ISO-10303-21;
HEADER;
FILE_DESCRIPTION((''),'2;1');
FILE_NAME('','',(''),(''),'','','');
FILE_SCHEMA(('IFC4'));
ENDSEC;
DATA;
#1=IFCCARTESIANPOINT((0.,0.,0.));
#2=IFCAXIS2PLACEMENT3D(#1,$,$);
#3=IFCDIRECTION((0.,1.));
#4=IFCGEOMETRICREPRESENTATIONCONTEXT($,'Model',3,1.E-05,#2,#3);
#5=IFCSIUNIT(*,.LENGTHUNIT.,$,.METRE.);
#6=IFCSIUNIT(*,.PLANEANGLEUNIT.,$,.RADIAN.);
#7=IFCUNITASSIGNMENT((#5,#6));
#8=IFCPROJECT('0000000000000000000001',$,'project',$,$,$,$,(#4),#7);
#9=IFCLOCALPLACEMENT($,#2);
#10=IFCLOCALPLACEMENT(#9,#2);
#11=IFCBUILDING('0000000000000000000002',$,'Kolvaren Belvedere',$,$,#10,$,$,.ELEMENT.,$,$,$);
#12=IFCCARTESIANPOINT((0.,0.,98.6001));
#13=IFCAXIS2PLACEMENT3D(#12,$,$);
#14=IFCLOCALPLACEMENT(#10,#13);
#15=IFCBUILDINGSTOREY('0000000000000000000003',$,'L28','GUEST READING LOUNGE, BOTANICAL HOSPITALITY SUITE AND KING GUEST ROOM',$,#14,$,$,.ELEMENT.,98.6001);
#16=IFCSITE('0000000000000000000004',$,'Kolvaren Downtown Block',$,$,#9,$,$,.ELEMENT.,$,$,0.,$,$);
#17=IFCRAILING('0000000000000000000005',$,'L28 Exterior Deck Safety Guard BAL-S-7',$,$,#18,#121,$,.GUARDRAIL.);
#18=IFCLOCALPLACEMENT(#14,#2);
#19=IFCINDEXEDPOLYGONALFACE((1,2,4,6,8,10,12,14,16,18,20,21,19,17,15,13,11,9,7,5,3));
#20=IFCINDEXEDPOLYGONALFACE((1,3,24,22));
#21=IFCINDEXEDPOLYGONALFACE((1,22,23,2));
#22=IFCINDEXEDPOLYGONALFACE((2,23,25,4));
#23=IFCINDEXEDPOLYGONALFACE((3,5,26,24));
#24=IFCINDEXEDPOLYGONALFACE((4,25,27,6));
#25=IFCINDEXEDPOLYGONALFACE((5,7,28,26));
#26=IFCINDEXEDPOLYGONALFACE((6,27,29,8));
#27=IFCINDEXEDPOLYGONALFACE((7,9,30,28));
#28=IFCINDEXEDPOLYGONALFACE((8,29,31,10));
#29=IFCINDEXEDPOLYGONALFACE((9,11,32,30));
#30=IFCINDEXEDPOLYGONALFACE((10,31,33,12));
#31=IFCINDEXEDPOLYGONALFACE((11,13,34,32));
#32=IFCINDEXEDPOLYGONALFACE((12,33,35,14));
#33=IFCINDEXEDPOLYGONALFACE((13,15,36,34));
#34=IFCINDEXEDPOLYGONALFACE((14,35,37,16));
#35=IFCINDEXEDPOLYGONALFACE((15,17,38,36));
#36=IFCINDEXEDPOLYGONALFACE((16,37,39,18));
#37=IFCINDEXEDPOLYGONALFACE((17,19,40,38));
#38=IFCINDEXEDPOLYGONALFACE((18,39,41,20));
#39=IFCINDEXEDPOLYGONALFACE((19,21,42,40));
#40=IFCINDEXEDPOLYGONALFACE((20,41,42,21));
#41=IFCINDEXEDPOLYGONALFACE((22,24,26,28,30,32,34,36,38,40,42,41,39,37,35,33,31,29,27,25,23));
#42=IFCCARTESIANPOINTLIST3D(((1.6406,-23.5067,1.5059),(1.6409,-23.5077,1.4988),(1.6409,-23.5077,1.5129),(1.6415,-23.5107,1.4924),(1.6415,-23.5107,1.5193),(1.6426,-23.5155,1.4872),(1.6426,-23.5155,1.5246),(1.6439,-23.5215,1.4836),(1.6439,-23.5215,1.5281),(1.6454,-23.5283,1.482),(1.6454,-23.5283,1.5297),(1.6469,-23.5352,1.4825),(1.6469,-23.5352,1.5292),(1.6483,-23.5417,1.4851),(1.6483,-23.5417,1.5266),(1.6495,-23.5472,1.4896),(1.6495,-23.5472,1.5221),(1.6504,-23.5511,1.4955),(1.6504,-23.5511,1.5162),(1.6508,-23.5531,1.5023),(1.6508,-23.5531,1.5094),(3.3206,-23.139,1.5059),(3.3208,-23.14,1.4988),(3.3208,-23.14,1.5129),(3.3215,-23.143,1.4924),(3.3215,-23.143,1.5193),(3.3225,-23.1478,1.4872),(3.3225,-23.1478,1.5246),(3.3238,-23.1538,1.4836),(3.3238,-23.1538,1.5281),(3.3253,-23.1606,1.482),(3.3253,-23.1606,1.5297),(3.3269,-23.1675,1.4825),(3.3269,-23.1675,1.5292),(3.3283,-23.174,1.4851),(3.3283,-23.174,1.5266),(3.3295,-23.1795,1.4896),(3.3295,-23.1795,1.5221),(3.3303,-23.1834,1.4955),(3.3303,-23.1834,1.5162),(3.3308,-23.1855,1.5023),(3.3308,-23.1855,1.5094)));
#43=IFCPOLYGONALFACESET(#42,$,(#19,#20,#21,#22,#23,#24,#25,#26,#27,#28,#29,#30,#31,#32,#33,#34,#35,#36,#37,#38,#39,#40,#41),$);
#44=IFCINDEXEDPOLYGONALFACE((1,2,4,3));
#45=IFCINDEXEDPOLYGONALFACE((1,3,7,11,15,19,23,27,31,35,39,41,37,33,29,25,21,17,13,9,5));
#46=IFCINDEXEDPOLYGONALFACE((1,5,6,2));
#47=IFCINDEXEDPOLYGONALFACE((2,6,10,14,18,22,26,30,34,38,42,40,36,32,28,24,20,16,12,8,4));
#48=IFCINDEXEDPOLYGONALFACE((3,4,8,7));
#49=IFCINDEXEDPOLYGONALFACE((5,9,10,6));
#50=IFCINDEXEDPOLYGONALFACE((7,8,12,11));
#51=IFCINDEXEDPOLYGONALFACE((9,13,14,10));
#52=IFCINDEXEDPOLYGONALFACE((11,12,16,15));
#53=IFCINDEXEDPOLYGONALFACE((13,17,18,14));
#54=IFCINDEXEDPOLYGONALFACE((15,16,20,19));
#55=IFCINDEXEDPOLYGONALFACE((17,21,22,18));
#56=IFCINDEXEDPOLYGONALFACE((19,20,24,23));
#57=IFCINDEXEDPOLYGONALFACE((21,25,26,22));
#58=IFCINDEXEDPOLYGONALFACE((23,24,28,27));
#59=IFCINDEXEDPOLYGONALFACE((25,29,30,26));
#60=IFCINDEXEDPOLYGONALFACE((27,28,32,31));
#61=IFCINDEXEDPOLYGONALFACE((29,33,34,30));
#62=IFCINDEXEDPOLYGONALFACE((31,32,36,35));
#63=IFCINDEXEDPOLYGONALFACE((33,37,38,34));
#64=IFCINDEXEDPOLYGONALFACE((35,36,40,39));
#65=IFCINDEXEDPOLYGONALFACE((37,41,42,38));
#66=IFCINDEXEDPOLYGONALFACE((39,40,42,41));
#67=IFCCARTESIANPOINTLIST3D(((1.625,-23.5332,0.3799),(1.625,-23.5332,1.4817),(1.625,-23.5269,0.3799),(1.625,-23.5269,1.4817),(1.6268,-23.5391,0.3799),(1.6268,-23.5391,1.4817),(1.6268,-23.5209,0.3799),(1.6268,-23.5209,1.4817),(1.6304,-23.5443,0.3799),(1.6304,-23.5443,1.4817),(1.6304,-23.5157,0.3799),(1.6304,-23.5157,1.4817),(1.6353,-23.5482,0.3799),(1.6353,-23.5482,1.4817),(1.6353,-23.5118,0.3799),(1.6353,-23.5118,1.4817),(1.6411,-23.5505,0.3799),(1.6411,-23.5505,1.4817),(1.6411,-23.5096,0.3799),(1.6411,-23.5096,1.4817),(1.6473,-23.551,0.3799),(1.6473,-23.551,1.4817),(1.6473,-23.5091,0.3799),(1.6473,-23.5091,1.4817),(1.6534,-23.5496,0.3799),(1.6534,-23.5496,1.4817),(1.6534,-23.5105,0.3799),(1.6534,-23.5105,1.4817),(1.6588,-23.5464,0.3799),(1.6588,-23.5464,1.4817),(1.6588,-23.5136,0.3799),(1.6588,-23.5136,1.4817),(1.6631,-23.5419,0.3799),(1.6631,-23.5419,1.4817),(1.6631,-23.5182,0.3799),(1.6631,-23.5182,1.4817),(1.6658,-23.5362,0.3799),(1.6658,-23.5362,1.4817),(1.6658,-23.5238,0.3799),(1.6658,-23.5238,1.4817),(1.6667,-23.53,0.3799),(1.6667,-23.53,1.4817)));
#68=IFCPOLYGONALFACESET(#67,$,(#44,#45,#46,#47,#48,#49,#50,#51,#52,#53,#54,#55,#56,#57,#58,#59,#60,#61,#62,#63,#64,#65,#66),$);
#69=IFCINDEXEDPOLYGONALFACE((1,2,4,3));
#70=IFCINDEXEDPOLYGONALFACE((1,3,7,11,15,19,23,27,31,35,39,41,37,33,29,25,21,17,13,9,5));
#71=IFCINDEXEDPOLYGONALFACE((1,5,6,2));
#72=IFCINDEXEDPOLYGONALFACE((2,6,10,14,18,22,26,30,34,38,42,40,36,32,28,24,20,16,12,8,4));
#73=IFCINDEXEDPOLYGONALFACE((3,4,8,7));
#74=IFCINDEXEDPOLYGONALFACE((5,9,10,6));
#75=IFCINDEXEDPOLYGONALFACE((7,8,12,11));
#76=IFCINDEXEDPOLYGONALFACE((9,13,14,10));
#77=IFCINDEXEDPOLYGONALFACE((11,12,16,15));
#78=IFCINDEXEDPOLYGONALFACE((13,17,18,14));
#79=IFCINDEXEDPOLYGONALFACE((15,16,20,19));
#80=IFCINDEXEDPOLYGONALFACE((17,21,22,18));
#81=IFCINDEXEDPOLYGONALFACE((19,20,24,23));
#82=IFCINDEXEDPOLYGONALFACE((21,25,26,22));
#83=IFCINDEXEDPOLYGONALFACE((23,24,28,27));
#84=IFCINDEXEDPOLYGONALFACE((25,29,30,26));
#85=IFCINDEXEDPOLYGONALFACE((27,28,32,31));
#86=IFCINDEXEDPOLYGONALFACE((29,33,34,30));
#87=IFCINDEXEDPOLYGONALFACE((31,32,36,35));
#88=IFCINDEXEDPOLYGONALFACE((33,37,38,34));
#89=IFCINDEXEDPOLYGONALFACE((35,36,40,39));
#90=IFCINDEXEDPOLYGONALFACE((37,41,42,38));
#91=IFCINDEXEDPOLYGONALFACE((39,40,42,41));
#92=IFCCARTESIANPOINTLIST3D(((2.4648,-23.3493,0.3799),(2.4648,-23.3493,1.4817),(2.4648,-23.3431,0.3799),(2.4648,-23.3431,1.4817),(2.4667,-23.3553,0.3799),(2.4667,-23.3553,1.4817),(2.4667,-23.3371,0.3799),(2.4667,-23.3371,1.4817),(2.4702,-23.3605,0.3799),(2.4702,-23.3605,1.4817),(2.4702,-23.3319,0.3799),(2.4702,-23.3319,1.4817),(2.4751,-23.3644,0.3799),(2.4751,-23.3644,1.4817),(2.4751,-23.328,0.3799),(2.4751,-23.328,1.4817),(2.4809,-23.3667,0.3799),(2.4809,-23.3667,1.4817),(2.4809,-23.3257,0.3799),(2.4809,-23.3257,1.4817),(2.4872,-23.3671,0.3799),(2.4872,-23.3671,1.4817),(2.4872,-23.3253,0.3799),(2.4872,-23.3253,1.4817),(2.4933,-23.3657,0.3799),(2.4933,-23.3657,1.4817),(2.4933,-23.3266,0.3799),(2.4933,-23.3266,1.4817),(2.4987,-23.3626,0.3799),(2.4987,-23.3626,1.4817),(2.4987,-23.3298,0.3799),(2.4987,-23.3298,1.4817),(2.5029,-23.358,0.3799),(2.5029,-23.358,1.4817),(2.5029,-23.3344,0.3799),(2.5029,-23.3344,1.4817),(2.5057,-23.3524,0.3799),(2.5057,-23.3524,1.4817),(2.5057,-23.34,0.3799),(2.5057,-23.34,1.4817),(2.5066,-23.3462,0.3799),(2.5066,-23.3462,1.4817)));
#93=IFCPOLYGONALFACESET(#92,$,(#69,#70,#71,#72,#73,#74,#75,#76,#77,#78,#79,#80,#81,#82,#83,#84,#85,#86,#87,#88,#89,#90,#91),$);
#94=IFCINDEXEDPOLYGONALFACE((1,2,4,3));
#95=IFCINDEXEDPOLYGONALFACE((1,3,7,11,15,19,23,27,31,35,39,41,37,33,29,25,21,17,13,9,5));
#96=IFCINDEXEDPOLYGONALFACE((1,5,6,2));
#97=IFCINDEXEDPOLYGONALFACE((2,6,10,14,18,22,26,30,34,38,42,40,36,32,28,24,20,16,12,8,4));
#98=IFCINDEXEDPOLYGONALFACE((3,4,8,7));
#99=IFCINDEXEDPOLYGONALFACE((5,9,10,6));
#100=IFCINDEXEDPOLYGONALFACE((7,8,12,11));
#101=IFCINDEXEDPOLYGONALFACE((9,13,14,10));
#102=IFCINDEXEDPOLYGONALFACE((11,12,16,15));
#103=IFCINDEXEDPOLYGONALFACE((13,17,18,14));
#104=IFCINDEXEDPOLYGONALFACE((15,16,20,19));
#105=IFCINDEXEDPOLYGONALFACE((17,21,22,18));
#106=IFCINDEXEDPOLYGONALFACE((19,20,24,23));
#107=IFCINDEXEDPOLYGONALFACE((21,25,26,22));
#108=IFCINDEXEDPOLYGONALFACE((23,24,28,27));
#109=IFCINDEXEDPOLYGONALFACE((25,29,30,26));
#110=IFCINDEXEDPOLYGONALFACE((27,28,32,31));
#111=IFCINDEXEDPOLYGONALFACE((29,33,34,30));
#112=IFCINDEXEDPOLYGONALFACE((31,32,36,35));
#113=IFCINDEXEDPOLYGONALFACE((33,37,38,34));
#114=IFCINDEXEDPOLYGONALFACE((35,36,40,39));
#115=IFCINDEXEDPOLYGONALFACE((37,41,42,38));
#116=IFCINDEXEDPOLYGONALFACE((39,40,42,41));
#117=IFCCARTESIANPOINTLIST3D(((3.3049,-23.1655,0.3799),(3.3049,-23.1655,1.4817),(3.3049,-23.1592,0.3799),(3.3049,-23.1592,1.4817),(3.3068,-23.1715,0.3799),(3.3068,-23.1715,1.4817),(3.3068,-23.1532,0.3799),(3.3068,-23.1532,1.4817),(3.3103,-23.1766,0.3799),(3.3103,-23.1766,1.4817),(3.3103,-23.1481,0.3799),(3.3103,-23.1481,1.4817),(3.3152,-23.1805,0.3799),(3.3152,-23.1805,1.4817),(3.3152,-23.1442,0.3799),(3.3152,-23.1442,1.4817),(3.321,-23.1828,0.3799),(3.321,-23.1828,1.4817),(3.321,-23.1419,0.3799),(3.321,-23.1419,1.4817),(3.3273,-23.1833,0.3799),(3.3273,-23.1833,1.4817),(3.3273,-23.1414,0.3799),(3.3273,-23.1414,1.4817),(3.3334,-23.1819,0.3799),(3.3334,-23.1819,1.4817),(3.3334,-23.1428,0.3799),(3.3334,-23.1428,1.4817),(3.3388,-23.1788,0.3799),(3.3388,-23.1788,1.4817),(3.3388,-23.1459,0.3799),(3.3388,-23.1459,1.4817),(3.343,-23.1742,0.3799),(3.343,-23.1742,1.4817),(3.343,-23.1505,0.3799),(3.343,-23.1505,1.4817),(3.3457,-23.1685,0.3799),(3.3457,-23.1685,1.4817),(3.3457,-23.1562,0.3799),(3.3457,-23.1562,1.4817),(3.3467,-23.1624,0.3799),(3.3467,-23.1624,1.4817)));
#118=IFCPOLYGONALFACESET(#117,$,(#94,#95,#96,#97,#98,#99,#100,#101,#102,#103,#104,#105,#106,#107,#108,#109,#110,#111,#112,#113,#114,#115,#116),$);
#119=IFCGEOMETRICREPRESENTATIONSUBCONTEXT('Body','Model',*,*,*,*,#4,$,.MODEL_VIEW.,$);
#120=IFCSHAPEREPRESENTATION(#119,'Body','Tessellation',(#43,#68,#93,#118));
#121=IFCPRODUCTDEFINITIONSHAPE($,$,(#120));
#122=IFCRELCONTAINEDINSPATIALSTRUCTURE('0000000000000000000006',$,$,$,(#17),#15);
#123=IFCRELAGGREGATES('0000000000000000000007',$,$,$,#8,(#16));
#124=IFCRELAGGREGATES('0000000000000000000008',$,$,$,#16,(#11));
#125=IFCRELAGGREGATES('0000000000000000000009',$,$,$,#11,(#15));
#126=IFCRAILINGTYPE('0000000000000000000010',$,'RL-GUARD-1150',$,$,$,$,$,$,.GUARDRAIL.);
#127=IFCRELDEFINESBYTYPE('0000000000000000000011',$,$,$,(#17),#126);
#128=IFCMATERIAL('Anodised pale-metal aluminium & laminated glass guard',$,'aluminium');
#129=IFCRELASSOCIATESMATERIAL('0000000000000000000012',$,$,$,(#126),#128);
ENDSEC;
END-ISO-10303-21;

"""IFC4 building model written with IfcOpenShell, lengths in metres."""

from ifc_helpers import new_model, si_unit, direction, frame, origin, origin_2d, place, context, subcontext, project, spatial, circle, extrude, material, type_object, element, save


model = new_model("IFC4")

# Units and contexts
model_context = context("Model", 3, precision=1e-05, world=origin(), true_north=direction((0.0, 1.0)))
body_context = subcontext(model_context, "Body", "Model", "MODEL_VIEW")
ifc_project = project(units=[si_unit("LENGTHUNIT", "METRE"), si_unit("PLANEANGLEUNIT", "RADIAN")], contexts=[model_context])

# Site, building, storey
site_placement = place(None, origin())
site = spatial("IfcSite", under=ifc_project, at=site_placement, Name="Kolvaren Downtown Block", CompositionType="ELEMENT", RefElevation=0.0)
building_placement = place(site_placement, origin())
building = spatial("IfcBuilding", under=site, at=building_placement, Name="Kolvaren Belvedere", CompositionType="ELEMENT")
storey_placement = place(building_placement, frame((0.0, 0.0, 98.6001)))
storey = spatial("IfcBuildingStorey", under=building, at=storey_placement, Name="L28", Description="GUEST READING LOUNGE, BOTANICAL HOSPITALITY SUITE AND KING GUEST ROOM", CompositionType="ELEMENT", Elevation=98.6001)

# Railing
ifc_material_1 = material(Name="Anodised pale-metal aluminium & laminated glass guard", Category="aluminium")
railing_type = type_object("IfcRailingType", Name="RL-GUARD-1150", PredefinedType="GUARDRAIL", material=ifc_material_1)
railing_1_placement = place(storey_placement, frame((1.6458, -23.53, 0.3799)))
element("IfcRailing", 1, at=railing_1_placement, inside=storey, type_object=railing_type, Name="L28 Exterior Deck Safety Guard BAL-S-7", PredefinedType="GUARDRAIL", context=body_context, shape_type="SweptSolid", body=[
    extrude(circle(Radius=0.0239, at=origin_2d()), frame((0.0, 0.0, 1.126), z_axis=(0.976877, 0.213803, 0.0), x_axis=(-0.213803, 0.976877, 0.0)), (0.0, 0.0, 1.0), 1.7197),
    extrude(circle(Radius=0.021, at=origin_2d()), origin(), (0.0, 0.0, 1.0), 1.1018),
    extrude(circle(Radius=0.021, at=origin_2d()), frame((0.8398, 0.1838, 0.0)), (0.0, 0.0, 1.0), 1.1018),
    extrude(circle(Radius=0.021, at=origin_2d()), frame((1.6799, 0.3677, 0.0)), (0.0, 0.0, 1.0), 1.1018),
])

save(model, "model.ifc")
